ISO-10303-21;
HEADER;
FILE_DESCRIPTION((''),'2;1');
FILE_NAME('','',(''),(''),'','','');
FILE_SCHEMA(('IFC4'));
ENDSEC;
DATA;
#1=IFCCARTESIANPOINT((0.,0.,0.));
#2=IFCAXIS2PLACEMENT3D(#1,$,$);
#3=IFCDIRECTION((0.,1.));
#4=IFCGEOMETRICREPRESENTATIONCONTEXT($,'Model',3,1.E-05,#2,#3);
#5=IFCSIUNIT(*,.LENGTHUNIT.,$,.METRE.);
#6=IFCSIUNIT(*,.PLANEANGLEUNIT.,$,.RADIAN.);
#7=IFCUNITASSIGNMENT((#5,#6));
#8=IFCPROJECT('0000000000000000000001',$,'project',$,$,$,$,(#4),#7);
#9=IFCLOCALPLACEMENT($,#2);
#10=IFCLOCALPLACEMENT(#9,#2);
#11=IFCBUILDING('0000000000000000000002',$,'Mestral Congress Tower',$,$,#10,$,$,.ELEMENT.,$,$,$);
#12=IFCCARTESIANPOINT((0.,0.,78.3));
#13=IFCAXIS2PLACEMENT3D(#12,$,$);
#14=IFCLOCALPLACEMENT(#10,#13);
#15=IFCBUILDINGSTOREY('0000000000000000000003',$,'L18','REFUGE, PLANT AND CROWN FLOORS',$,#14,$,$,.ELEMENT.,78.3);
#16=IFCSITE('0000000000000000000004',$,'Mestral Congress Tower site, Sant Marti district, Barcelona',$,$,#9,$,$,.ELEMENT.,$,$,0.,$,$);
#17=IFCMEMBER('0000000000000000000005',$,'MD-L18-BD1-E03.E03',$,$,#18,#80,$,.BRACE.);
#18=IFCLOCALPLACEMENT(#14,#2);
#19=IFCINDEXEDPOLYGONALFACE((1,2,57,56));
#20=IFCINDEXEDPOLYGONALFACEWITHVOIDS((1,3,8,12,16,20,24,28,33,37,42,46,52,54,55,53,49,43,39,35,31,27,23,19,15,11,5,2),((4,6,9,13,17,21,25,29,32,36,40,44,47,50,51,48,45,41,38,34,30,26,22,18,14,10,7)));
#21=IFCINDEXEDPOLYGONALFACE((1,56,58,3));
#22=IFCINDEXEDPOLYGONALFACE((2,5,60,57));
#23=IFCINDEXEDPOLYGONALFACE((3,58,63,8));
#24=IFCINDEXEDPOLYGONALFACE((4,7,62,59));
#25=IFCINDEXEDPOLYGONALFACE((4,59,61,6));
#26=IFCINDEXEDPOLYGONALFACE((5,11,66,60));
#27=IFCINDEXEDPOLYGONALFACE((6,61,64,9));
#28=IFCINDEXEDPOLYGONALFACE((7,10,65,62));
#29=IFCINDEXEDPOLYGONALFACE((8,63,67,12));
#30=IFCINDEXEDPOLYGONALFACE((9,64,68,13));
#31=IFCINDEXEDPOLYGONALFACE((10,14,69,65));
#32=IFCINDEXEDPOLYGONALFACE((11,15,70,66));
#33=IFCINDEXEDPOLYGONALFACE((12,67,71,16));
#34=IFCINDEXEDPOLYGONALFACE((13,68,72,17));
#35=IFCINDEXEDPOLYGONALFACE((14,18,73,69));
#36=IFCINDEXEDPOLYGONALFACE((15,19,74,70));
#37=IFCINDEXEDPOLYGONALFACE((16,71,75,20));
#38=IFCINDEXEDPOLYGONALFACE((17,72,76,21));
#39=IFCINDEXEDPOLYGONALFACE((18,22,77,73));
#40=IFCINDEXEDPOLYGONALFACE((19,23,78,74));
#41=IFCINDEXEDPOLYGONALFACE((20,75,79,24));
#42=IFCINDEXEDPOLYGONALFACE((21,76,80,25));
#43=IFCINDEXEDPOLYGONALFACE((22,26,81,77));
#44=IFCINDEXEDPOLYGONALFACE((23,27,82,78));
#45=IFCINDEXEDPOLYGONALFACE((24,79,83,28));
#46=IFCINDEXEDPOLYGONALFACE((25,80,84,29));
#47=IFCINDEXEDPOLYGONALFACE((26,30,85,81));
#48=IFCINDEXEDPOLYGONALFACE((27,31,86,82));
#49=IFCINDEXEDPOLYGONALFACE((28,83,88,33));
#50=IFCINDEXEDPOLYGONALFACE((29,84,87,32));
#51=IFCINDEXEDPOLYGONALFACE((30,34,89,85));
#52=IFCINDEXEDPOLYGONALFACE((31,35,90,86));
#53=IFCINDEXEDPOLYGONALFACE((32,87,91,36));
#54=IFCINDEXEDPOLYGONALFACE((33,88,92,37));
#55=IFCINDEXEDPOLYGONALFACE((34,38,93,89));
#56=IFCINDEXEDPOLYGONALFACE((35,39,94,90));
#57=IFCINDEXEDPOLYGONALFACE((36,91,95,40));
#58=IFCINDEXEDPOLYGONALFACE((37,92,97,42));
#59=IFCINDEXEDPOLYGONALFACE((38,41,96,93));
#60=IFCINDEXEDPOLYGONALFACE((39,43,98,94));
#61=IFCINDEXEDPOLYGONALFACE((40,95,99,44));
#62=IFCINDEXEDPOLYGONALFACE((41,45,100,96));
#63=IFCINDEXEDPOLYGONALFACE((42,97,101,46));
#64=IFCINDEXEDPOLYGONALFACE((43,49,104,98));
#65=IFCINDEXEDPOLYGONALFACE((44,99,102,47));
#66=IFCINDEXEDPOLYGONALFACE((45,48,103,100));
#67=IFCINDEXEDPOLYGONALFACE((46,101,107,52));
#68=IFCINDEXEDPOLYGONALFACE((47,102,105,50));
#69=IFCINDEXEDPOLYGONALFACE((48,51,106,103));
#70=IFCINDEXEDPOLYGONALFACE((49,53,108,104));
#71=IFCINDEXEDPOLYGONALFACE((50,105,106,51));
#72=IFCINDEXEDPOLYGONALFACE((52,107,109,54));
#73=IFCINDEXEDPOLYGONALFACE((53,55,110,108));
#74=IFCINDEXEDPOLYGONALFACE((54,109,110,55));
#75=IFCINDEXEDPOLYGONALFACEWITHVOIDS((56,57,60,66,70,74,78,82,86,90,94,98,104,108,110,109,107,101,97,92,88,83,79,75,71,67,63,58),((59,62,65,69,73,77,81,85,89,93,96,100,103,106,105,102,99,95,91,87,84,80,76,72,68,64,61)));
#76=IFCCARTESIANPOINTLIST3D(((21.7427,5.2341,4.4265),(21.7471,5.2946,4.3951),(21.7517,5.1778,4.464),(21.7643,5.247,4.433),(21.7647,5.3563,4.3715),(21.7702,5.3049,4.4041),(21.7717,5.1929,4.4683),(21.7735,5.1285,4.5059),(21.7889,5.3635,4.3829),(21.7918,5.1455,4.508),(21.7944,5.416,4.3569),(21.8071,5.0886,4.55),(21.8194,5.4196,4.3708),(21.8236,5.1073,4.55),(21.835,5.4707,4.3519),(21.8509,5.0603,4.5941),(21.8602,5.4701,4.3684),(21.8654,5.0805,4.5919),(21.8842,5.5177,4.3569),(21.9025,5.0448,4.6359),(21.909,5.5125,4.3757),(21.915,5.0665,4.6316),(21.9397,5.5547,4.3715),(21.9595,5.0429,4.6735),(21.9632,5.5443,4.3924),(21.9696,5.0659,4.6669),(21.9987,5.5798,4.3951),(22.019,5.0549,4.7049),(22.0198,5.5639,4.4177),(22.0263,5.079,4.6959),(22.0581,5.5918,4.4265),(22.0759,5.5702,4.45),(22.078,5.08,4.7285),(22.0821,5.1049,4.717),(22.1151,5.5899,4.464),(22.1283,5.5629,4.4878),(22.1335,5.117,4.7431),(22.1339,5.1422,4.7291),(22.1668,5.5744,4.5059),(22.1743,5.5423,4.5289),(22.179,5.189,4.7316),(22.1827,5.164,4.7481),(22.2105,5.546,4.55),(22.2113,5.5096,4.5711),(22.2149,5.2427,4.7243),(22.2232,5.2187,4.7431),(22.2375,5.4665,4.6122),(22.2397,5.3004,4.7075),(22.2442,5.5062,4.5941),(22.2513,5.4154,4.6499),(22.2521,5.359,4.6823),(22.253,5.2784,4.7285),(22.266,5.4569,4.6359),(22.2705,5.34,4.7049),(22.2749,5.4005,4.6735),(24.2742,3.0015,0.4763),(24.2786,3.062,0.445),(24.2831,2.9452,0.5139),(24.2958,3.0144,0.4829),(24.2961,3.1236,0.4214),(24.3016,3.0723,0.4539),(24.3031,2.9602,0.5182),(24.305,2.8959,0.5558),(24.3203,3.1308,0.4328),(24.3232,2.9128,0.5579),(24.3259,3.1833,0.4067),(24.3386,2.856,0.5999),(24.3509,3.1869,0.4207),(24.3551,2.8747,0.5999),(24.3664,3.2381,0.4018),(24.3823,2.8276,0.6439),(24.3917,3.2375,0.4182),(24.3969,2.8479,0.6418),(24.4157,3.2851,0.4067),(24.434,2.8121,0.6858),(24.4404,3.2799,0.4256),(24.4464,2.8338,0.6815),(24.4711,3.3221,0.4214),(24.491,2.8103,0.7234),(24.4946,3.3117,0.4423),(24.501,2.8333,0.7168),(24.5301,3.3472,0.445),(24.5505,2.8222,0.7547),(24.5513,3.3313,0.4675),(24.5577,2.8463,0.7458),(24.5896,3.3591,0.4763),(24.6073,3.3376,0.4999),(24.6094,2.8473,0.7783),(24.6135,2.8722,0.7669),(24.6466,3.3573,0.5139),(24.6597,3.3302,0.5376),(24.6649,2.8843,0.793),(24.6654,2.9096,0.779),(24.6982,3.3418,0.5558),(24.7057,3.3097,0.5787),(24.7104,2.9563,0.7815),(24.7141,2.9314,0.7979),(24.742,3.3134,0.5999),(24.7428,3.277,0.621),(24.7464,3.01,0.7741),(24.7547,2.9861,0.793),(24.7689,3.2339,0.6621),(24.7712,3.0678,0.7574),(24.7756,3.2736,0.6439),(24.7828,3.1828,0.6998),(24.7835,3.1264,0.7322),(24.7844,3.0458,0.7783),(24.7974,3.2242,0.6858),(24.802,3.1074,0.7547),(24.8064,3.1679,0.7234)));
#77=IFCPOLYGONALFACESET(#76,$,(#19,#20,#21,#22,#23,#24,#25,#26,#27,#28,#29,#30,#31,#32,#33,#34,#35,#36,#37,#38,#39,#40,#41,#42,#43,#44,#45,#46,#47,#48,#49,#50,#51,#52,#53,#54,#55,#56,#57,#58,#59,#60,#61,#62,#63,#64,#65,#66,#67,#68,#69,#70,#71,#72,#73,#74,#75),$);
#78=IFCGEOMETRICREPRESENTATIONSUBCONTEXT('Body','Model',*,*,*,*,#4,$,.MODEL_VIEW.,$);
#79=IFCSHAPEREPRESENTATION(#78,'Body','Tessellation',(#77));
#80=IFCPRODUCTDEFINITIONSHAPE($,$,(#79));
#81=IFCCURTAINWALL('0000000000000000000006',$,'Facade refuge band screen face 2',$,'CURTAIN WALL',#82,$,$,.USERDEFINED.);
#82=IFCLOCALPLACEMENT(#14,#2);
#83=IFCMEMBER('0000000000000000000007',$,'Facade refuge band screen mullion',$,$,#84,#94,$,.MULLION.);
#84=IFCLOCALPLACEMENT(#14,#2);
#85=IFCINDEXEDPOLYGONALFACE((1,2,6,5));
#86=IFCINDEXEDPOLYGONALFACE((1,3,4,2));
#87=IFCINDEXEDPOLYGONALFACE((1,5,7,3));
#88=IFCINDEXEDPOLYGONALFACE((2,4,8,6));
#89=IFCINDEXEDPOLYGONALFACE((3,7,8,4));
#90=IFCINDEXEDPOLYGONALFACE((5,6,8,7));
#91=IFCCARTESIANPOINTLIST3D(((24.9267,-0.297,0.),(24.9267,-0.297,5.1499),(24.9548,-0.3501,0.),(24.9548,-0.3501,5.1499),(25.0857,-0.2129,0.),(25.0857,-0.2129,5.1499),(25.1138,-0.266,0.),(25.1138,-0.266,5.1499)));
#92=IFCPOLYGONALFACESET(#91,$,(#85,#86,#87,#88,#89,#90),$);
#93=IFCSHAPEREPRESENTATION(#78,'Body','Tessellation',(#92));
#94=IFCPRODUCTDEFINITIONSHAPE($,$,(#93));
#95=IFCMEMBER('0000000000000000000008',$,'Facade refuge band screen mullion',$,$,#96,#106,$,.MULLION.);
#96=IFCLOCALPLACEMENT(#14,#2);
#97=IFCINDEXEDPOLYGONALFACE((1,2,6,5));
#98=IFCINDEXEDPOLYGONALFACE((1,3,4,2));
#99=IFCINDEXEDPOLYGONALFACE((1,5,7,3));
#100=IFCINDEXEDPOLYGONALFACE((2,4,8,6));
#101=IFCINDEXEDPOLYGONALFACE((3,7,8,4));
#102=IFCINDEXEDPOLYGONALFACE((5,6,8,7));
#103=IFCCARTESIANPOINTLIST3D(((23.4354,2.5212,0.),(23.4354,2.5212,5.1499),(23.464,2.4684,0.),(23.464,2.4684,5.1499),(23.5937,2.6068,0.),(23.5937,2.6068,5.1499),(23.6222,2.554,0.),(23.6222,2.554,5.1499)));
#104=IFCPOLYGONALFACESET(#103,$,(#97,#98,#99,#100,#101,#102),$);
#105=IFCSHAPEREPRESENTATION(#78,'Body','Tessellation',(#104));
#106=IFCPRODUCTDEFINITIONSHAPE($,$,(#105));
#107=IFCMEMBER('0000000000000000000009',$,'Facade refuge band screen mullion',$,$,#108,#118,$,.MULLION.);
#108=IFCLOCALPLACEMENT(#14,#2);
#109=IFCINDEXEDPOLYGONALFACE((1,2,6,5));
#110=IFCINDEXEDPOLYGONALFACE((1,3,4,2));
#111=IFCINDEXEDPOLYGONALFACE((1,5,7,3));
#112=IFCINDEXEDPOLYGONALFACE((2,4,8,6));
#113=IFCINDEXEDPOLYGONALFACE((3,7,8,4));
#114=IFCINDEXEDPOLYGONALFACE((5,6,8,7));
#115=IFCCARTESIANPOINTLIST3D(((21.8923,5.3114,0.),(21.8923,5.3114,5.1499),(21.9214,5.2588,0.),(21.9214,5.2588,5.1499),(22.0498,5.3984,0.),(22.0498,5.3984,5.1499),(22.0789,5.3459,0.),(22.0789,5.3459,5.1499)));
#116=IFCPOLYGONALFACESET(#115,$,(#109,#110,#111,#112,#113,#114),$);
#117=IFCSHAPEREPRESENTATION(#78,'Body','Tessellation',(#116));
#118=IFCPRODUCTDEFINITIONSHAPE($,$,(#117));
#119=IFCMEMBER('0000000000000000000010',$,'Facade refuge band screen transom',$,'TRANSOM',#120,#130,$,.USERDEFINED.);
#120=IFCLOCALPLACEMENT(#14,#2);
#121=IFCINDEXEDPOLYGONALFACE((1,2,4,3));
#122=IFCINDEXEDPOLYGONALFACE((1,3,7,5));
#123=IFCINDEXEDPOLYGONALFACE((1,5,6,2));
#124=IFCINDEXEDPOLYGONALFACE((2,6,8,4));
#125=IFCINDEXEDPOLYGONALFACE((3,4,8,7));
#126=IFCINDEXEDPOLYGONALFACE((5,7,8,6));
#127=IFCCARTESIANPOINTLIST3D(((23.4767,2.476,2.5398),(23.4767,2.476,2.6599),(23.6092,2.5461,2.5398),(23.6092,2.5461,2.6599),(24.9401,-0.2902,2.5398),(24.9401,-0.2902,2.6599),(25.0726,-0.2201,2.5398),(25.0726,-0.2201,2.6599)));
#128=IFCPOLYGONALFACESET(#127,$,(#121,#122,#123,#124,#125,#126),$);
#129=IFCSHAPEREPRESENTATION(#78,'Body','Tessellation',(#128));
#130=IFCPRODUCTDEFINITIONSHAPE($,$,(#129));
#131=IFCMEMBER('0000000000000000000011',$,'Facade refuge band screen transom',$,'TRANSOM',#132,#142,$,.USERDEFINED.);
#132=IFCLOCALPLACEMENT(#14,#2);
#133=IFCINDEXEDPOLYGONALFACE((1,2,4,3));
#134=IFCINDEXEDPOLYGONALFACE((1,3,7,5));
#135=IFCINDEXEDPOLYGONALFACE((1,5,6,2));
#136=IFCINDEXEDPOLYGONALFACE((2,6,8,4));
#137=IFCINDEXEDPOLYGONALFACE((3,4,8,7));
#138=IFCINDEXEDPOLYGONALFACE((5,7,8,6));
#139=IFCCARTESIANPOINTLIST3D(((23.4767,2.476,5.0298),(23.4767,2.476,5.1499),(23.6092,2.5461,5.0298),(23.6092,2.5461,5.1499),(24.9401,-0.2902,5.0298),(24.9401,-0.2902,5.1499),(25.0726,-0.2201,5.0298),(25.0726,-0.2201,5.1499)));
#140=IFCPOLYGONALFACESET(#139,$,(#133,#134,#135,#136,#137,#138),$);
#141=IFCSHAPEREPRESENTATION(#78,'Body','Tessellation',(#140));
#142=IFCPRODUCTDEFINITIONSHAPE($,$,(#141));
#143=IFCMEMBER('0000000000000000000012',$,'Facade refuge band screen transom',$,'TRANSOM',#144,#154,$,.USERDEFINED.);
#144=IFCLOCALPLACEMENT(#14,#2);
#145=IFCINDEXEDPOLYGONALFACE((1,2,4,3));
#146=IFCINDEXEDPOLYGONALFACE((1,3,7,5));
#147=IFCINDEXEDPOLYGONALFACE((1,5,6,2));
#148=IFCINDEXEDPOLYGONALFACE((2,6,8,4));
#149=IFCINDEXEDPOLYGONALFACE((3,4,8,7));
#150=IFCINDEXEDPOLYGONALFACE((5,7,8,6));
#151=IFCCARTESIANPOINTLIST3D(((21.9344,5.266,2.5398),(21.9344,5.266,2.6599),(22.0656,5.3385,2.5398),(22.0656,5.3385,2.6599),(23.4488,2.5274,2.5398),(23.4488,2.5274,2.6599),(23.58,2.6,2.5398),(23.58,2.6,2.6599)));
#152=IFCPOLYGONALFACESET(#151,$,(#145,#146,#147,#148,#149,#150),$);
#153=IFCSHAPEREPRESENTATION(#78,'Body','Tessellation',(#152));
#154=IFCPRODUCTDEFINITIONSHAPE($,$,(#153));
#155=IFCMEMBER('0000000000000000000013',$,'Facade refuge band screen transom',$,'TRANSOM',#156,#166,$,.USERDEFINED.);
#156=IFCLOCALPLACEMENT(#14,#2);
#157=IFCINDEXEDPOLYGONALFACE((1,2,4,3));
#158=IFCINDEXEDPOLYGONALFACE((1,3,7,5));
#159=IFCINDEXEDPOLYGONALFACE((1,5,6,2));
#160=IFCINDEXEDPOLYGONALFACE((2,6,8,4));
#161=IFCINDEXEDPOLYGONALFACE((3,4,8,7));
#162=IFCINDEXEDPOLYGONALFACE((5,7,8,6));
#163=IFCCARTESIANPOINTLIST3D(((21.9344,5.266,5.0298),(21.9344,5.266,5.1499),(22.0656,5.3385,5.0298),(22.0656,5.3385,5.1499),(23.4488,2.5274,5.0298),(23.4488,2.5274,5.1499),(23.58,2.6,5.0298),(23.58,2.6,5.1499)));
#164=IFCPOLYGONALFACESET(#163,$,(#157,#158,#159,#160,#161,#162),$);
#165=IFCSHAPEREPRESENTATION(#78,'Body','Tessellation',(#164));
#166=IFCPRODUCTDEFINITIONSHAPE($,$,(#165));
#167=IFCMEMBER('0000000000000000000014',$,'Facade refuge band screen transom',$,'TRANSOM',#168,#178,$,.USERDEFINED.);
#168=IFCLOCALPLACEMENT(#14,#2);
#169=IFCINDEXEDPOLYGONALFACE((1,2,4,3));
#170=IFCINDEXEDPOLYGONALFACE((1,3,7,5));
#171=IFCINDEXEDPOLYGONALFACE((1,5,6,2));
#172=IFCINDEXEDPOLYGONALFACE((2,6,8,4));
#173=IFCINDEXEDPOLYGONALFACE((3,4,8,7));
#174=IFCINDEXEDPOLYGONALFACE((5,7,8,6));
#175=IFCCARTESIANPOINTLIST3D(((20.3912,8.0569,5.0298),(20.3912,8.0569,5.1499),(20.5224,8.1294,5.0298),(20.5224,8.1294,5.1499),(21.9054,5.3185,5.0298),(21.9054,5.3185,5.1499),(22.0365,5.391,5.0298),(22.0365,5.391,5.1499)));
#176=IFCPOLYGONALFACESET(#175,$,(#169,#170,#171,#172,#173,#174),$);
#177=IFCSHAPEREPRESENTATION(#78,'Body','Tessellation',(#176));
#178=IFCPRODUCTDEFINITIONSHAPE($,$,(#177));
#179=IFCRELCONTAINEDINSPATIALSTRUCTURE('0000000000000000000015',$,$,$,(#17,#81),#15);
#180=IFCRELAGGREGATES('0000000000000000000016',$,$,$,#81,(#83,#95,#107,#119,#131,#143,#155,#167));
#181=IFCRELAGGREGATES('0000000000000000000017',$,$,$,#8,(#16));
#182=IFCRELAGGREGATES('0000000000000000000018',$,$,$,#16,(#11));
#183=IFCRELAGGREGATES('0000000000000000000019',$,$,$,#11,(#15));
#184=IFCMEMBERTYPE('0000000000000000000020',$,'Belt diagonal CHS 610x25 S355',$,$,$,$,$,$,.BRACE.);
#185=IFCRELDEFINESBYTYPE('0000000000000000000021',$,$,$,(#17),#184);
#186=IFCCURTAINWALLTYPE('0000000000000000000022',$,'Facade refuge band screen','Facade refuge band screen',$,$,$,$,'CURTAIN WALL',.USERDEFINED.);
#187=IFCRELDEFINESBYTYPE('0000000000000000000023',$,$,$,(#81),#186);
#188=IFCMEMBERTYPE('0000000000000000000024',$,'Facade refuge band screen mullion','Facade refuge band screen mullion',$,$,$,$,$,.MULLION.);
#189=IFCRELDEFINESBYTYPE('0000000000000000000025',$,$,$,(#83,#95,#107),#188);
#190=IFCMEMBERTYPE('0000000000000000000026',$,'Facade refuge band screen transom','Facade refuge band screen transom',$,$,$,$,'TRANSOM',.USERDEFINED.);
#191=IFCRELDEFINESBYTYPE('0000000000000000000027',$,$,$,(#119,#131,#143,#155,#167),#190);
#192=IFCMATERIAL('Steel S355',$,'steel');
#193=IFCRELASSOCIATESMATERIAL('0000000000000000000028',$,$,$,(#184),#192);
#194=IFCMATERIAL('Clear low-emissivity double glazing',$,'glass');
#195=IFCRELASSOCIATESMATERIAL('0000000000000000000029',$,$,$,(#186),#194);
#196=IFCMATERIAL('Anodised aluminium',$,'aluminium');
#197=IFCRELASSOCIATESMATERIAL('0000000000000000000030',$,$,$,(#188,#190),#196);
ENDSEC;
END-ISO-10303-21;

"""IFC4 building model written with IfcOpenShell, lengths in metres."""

from ifc_helpers import new_model, si_unit, direction, frame, origin, origin_2d, place, context, subcontext, project, spatial, rectangle, hollow_circle, extrude, material, material_profile, profile_set, type_object, element, aggregate, save


model = new_model("IFC4")

# Units and contexts
model_context = context("Model", 3, precision=1e-05, world=origin(), true_north=direction((0.0, 1.0)))
body_context = subcontext(model_context, "Body", "Model", "MODEL_VIEW")
ifc_project = project(units=[si_unit("LENGTHUNIT", "METRE"), si_unit("PLANEANGLEUNIT", "RADIAN")], contexts=[model_context])

# Site, building, storey
site_placement = place(None, origin())
site = spatial("IfcSite", under=ifc_project, at=site_placement, Name="Mestral Congress Tower site, Sant Marti district, Barcelona", CompositionType="ELEMENT", RefElevation=0.0)
building_placement = place(site_placement, origin())
building = spatial("IfcBuilding", under=site, at=building_placement, Name="Mestral Congress Tower", CompositionType="ELEMENT")
storey_placement = place(building_placement, frame((0.0, 0.0, 78.3)))
storey = spatial("IfcBuildingStorey", under=building, at=storey_placement, Name="L18", Description="REFUGE, PLANT AND CROWN FLOORS", CompositionType="ELEMENT", Elevation=78.3)

# Member
ifc_material_1 = material(Name="Steel S355", Category="steel")
ifc_material_profile_1 = material_profile(ifc_material_1, hollow_circle(Radius=0.3049, WallThickness=0.0249, at=origin_2d()), Name="CHS 610x25")
ifc_profile_set_1 = profile_set([ifc_material_profile_1], Name="Steel S355")
member_type_1 = type_object("IfcMemberType", Name="Belt diagonal CHS 610x25 S355", PredefinedType="BRACE", material=ifc_profile_set_1)
member_1_placement = place(storey_placement, frame((24.5403, 3.0847, 0.5999), z_axis=(-0.487211, 0.429698, 0.760253), x_axis=(-0.661454, -0.749986, 0.0)))
element("IfcMember", 1, at=member_1_placement, inside=storey, type_object=member_type_1, Name="MD-L18-BD1-E03.E03", PredefinedType="BRACE", context=body_context, shape_type="SweptSolid", body=[
    extrude(hollow_circle(Radius=0.3049, WallThickness=0.0249, at=origin_2d()), origin(), (0.0, 0.0, 1.0), 5.1958),
])

# Curtain wall, members
ifc_material_2 = material(Name="Clear low-emissivity double glazing", Category="glass")
curtain_wall_type = type_object("IfcCurtainWallType", Name="Facade refuge band screen", Description="Facade refuge band screen", ElementType="CURTAIN WALL", PredefinedType="USERDEFINED", material=ifc_material_2)
curtain_wall_placement = place(storey_placement, origin())
curtain_wall = element("IfcCurtainWall", 2, at=curtain_wall_placement, inside=storey, type_object=curtain_wall_type, Name="Facade refuge band screen face 2", ObjectType="CURTAIN WALL", PredefinedType="USERDEFINED")
ifc_material_3 = material(Name="Anodised aluminium", Category="aluminium")
ifc_material_profile_2 = material_profile(ifc_material_3, rectangle(XDim=0.1799, YDim=0.0601, at=origin_2d()), Name="CW3 mullion 180 x 60")
ifc_profile_set_2 = profile_set([ifc_material_profile_2], Name="Anodised aluminium")
member_type_2 = type_object("IfcMemberType", Name="Facade refuge band screen mullion", Description="Facade refuge band screen mullion", PredefinedType="MULLION", material=ifc_profile_set_2)
member_2_placement = place(storey_placement, frame((25.0203, -0.2815, 0.0), z_axis=(0.0, 0.0, 1.0), x_axis=(0.883916, 0.467646, 0.0)))
member_2 = element("IfcMember", 3, at=member_2_placement, type_object=member_type_2, Name="Facade refuge band screen mullion", PredefinedType="MULLION", context=body_context, shape_type="SweptSolid", body=[
    extrude(rectangle(XDim=0.1799, YDim=0.0601, at=origin_2d()), origin(), (0.0, 0.0, 1.0), 5.1499),
])
member_3_placement = place(storey_placement, frame((23.5288, 2.5376, 0.0), z_axis=(0.0, 0.0, 1.0), x_axis=(0.879556, 0.475796, 0.0)))
member_3 = element("IfcMember", 4, at=member_3_placement, type_object=member_type_2, Name="Facade refuge band screen mullion", PredefinedType="MULLION", context=body_context, shape_type="SweptSolid", body=[
    extrude(rectangle(XDim=0.1799, YDim=0.0601, at=origin_2d()), origin(), (0.0, 0.0, 1.0), 5.1499),
])
member_4_placement = place(storey_placement, frame((21.9856, 5.3286, 0.0), z_axis=(0.0, 0.0, 1.0), x_axis=(0.87512, 0.483906, 0.0)))
member_4 = element("IfcMember", 5, at=member_4_placement, type_object=member_type_2, Name="Facade refuge band screen mullion", PredefinedType="MULLION", context=body_context, shape_type="SweptSolid", body=[
    extrude(rectangle(XDim=0.1799, YDim=0.0601, at=origin_2d()), origin(), (0.0, 0.0, 1.0), 5.1499),
])
ifc_material_profile_3 = material_profile(ifc_material_3, rectangle(XDim=0.1499, YDim=0.1201, at=origin_2d()), Name="CW3 transom 150 x 120")
ifc_profile_set_3 = profile_set([ifc_material_profile_3], Name="Anodised aluminium")
member_type_3 = type_object("IfcMemberType", Name="Facade refuge band screen transom", Description="Facade refuge band screen transom", ElementType="TRANSOM", PredefinedType="USERDEFINED", material=ifc_profile_set_3)
member_5_placement = place(storey_placement, frame((25.0063, -0.2551, 2.5999), z_axis=(-0.46763, 0.883925, 0.0), x_axis=(-0.883925, -0.46763, 0.0)))
member_5 = element("IfcMember", 6, at=member_5_placement, type_object=member_type_3, Name="Facade refuge band screen transom", ObjectType="TRANSOM", PredefinedType="USERDEFINED", context=body_context, shape_type="SweptSolid", body=[
    extrude(rectangle(XDim=0.1499, YDim=0.1201, at=origin_2d()), origin(), (0.0, 0.0, 1.0), 3.1294),
])
member_6_placement = place(storey_placement, frame((25.0063, -0.2551, 5.0898), z_axis=(-0.46763, 0.883925, 0.0), x_axis=(-0.883925, -0.46763, 0.0)))
member_6 = element("IfcMember", 7, at=member_6_placement, type_object=member_type_3, Name="Facade refuge band screen transom", ObjectType="TRANSOM", PredefinedType="USERDEFINED", context=body_context, shape_type="SweptSolid", body=[
    extrude(rectangle(XDim=0.1499, YDim=0.1201, at=origin_2d()), origin(), (0.0, 0.0, 1.0), 3.1294),
])
member_7_placement = place(storey_placement, frame((23.5144, 2.5637, 2.5999), z_axis=(-0.483933, 0.875105, 0.0), x_axis=(-0.875105, -0.483933, 0.0)))
member_7 = element("IfcMember", 8, at=member_7_placement, type_object=member_type_3, Name="Facade refuge band screen transom", ObjectType="TRANSOM", PredefinedType="USERDEFINED", context=body_context, shape_type="SweptSolid", body=[
    extrude(rectangle(XDim=0.1499, YDim=0.1201, at=origin_2d()), origin(), (0.0, 0.0, 1.0), 3.1294),
])
member_8_placement = place(storey_placement, frame((23.5144, 2.5637, 5.0898), z_axis=(-0.483933, 0.875105, 0.0), x_axis=(-0.875105, -0.483933, 0.0)))
member_8 = element("IfcMember", 9, at=member_8_placement, type_object=member_type_3, Name="Facade refuge band screen transom", ObjectType="TRANSOM", PredefinedType="USERDEFINED", context=body_context, shape_type="SweptSolid", body=[
    extrude(rectangle(XDim=0.1499, YDim=0.1201, at=origin_2d()), origin(), (0.0, 0.0, 1.0), 3.1294),
])
member_9_placement = place(storey_placement, frame((21.9709, 5.3547, 5.0898), z_axis=(-0.483873, 0.875138, 0.0), x_axis=(-0.875138, -0.483873, 0.0)))
member_9 = element("IfcMember", 10, at=member_9_placement, type_object=member_type_3, Name="Facade refuge band screen transom", ObjectType="TRANSOM", PredefinedType="USERDEFINED", context=body_context, shape_type="SweptSolid", body=[
    extrude(rectangle(XDim=0.1499, YDim=0.1201, at=origin_2d()), origin(), (0.0, 0.0, 1.0), 3.1292),
])

aggregate(curtain_wall, [member_2, member_3, member_4, member_5, member_6, member_7, member_8, member_9])

save(model, "model.ifc")
